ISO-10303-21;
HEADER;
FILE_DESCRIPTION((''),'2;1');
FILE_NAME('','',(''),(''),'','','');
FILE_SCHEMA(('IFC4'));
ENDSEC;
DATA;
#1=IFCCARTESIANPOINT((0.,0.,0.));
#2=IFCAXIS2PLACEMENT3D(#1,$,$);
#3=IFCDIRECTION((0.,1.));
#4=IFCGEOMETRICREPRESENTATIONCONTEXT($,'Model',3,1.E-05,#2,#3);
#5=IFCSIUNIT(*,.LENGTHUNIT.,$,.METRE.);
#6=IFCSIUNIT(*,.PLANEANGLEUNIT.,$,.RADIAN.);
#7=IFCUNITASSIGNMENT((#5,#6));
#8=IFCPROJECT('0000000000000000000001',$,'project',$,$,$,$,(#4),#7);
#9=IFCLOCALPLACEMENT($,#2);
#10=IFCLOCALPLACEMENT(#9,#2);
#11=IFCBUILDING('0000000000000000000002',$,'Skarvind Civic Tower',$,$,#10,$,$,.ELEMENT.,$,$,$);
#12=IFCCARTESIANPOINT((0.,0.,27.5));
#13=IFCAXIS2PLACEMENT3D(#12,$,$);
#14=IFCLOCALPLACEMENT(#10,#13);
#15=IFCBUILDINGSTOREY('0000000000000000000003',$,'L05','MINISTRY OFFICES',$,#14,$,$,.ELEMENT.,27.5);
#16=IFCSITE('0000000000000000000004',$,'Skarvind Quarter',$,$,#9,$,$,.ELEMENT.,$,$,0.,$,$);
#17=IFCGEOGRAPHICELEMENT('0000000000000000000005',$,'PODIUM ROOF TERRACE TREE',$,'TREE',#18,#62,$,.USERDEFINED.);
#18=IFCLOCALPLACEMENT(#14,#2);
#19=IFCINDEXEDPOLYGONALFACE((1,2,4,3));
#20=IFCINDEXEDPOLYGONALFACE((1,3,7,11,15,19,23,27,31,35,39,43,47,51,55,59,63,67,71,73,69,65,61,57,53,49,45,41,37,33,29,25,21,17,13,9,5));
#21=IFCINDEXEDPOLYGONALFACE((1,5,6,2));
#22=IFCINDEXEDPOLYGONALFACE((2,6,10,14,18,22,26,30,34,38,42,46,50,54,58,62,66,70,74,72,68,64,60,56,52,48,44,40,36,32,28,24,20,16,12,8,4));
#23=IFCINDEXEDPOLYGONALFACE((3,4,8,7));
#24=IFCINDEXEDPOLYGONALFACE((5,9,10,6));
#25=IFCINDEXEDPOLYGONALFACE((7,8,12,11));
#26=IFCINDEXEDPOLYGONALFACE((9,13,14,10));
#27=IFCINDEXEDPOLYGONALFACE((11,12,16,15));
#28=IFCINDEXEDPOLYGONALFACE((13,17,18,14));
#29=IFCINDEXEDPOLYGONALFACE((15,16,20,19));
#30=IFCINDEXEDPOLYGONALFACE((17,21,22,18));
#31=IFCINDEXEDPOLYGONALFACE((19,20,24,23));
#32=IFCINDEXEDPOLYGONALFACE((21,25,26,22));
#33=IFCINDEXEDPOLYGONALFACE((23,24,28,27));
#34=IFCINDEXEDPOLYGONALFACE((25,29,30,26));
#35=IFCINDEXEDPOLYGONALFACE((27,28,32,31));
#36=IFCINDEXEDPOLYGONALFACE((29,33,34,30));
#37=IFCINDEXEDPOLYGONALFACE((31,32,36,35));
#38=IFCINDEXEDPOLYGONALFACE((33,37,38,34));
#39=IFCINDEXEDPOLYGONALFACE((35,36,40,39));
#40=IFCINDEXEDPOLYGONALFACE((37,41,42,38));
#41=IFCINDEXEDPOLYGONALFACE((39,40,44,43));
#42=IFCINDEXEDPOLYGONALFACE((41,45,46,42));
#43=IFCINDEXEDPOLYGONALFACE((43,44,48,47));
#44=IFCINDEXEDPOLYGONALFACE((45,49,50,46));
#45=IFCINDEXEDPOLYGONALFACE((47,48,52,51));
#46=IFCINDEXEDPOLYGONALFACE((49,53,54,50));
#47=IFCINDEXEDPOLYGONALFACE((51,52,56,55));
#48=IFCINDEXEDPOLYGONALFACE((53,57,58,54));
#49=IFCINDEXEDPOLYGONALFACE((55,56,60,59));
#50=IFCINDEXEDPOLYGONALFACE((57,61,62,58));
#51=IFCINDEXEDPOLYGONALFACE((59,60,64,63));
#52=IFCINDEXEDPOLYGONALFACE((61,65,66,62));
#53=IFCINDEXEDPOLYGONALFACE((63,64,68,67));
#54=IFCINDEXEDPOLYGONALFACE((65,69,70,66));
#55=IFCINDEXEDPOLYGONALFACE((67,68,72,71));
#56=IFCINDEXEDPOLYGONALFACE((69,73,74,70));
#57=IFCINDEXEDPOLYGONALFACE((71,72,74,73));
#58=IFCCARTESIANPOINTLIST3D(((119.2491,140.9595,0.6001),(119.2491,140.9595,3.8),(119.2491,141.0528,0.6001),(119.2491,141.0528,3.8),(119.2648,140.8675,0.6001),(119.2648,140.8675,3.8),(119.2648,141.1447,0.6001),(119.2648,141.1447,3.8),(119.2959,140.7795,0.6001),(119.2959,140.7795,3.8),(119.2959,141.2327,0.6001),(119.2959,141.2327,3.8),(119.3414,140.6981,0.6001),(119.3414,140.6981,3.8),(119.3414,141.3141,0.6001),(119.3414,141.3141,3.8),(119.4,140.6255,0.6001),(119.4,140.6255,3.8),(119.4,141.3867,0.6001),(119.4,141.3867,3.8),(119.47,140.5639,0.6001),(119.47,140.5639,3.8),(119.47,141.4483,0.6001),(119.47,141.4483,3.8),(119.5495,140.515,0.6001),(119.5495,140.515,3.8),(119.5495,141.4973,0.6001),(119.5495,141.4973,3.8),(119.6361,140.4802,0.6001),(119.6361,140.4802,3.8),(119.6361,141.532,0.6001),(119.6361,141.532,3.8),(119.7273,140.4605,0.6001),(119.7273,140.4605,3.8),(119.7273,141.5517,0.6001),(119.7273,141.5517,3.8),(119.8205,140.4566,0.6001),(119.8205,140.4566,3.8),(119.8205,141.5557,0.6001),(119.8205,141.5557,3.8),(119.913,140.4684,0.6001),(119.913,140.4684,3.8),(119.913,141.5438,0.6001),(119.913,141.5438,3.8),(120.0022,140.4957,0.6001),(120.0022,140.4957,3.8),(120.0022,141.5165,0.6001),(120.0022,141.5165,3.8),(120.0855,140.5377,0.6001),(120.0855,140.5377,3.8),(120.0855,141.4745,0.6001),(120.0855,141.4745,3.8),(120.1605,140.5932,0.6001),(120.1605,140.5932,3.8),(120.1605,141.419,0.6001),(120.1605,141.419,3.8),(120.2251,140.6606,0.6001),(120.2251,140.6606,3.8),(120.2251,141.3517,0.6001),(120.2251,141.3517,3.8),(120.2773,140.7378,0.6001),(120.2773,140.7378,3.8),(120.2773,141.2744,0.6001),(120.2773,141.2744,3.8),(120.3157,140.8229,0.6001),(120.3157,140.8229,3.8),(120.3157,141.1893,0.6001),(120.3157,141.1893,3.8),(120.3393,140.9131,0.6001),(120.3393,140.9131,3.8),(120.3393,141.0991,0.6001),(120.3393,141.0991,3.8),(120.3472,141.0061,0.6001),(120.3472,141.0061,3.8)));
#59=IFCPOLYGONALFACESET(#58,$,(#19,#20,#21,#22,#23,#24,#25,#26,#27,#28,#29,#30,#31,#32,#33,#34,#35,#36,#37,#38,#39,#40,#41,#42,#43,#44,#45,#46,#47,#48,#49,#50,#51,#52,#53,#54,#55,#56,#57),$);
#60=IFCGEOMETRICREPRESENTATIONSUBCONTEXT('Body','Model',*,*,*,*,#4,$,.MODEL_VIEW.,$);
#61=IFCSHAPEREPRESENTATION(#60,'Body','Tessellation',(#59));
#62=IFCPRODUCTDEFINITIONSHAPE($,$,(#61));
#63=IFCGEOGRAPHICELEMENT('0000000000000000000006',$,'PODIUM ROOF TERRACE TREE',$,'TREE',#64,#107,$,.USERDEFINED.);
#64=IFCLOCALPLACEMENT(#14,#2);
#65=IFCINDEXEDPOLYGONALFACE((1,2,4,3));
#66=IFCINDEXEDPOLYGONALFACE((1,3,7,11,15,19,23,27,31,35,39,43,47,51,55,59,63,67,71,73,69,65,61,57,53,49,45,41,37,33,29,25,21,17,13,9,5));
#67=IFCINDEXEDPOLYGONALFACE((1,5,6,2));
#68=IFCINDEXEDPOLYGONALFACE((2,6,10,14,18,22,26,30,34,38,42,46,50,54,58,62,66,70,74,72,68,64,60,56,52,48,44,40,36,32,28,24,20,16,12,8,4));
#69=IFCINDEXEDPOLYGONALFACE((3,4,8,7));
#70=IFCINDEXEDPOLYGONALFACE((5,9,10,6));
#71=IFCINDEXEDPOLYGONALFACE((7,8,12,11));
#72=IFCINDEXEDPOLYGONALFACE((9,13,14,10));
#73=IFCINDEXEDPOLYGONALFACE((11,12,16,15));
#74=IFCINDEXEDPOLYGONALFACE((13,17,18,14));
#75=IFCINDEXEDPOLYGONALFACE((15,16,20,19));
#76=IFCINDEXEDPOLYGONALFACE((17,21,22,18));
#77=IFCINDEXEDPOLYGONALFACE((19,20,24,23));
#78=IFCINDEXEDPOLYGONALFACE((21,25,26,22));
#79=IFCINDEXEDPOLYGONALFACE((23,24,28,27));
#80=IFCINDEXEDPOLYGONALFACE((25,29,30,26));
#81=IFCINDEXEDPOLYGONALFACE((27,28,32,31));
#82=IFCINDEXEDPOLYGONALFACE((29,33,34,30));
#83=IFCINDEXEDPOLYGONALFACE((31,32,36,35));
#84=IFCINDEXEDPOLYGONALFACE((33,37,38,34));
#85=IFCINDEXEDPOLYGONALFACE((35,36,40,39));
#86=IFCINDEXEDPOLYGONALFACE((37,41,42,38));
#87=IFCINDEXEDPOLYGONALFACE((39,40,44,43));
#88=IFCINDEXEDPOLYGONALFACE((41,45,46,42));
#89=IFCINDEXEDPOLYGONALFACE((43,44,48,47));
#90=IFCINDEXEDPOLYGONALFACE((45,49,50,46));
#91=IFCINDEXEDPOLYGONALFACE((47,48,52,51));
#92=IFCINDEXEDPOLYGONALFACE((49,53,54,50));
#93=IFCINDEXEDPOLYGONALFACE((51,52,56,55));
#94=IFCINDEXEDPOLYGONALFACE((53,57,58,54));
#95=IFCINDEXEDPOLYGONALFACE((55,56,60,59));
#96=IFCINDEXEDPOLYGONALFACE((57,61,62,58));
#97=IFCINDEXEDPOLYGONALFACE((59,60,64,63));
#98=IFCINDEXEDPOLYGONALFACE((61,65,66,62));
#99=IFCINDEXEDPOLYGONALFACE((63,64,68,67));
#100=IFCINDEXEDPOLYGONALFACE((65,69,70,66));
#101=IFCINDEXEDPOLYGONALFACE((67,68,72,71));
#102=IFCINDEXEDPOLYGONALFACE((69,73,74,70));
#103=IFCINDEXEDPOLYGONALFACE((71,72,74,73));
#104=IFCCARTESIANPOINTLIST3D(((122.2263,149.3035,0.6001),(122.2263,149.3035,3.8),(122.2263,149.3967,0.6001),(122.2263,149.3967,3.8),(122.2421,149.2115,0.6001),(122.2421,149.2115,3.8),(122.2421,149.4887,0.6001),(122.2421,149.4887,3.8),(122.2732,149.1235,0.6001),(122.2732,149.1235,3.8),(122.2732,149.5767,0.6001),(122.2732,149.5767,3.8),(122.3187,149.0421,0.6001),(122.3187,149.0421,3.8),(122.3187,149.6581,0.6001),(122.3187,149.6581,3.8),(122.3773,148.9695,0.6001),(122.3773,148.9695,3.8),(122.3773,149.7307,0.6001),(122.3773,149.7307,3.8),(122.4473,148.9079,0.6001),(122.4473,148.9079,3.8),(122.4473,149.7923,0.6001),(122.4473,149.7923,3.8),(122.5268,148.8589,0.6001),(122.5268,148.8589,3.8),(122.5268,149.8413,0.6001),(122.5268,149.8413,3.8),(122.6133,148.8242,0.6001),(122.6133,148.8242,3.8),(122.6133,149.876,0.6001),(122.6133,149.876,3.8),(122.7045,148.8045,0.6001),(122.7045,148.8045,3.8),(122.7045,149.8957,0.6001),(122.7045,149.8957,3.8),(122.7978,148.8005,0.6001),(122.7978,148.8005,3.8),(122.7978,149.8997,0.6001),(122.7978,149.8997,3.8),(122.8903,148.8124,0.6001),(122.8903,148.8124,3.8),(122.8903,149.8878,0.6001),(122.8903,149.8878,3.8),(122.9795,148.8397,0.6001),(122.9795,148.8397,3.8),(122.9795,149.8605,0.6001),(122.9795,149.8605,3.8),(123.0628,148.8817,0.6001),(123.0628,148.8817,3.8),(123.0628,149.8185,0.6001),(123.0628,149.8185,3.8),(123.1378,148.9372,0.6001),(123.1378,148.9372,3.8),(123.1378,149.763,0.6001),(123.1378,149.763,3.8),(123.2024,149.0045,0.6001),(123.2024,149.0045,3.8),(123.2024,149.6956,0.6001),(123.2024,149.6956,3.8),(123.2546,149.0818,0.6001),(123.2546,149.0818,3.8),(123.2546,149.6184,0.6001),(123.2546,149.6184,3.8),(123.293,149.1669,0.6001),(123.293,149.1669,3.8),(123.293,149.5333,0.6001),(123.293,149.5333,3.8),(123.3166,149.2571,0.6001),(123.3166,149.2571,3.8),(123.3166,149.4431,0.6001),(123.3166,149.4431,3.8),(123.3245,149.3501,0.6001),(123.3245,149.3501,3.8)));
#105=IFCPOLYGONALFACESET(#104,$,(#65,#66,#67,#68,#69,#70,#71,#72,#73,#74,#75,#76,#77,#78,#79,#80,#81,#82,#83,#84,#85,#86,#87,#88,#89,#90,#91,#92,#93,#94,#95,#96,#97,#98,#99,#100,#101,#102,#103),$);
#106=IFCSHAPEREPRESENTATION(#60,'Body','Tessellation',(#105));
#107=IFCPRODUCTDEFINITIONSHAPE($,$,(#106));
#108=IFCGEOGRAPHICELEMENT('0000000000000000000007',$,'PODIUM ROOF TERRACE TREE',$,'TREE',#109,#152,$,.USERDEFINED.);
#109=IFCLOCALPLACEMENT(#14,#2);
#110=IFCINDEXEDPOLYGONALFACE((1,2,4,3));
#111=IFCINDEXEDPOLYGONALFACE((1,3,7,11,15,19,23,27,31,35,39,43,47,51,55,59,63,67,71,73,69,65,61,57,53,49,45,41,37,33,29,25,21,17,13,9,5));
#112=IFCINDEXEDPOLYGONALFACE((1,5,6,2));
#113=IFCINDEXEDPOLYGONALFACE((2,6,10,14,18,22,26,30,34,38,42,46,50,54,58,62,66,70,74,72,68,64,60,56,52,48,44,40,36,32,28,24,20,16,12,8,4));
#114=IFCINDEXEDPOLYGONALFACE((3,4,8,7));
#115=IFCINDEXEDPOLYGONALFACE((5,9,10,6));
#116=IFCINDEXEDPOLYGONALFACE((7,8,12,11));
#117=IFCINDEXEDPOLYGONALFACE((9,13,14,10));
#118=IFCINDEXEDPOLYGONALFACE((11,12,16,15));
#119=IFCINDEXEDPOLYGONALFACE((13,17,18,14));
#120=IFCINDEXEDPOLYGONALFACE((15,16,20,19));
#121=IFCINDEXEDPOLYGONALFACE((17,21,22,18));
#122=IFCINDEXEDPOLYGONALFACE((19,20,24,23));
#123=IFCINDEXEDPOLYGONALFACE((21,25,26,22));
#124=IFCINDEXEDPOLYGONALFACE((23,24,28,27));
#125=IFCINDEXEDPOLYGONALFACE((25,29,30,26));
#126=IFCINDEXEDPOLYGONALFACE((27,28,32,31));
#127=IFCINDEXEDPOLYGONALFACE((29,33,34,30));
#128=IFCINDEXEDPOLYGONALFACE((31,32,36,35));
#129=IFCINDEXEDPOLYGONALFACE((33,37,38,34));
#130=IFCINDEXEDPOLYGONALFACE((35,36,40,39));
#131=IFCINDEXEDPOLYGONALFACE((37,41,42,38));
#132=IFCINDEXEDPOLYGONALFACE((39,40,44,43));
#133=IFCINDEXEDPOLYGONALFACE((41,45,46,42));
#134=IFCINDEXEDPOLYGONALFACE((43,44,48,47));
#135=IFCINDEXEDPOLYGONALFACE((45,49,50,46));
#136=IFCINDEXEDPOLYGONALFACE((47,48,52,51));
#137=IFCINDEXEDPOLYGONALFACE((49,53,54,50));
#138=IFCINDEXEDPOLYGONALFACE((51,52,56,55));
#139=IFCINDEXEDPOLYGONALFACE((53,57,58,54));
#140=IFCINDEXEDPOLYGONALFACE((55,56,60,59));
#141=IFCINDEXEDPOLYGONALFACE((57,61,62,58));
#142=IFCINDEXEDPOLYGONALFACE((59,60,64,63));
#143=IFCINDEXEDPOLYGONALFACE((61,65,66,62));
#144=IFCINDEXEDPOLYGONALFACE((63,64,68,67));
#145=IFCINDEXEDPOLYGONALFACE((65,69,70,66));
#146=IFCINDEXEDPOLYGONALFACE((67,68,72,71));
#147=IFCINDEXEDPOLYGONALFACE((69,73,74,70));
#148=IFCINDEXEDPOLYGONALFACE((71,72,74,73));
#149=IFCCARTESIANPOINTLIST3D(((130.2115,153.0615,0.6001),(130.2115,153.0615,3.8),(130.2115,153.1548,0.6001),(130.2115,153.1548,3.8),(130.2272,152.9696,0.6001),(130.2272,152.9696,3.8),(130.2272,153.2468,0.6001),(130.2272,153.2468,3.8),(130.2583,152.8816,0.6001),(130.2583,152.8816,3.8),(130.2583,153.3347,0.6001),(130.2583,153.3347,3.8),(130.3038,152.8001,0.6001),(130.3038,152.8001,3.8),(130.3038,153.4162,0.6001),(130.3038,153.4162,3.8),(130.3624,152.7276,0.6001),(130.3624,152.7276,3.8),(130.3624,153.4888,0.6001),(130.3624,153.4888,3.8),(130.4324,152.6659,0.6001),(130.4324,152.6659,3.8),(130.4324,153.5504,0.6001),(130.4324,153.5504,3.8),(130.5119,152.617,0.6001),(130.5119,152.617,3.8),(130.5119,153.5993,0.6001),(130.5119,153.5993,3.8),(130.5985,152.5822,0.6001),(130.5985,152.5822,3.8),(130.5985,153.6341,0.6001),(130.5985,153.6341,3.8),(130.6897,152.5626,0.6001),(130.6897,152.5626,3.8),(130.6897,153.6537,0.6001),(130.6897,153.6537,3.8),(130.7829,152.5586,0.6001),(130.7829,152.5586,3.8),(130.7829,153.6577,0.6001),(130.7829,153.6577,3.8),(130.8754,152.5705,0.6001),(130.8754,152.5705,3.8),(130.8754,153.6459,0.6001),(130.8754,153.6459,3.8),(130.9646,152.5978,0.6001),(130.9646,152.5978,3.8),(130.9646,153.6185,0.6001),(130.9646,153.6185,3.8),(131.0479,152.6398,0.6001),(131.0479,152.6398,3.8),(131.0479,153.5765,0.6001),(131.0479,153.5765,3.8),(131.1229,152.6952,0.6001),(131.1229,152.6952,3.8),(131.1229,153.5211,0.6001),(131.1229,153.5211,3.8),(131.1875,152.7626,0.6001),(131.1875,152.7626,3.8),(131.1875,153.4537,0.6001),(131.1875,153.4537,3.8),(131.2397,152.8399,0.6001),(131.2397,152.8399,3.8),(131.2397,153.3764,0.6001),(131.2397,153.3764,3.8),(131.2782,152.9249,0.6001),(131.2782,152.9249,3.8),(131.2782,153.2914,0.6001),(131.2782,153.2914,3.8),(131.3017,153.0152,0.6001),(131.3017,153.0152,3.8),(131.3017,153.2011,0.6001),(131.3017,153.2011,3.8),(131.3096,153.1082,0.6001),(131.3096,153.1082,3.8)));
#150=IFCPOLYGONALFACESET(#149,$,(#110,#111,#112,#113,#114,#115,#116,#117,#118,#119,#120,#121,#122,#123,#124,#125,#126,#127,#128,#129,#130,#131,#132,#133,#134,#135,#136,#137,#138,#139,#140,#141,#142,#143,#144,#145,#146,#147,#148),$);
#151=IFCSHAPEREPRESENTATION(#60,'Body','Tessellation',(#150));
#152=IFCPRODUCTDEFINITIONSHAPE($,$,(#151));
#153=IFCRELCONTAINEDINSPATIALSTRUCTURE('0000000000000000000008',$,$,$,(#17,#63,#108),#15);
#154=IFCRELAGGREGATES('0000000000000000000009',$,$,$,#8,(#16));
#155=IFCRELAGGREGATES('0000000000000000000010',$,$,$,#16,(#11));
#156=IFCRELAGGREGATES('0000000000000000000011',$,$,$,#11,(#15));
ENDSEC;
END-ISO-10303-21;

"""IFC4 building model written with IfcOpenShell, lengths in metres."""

from ifc_helpers import new_model, si_unit, direction, frame, origin, origin_2d, place, context, subcontext, project, spatial, circle, extrude, element, save


model = new_model("IFC4")

# Units and contexts
model_context = context("Model", 3, precision=1e-05, world=origin(), true_north=direction((0.0, 1.0)))
body_context = subcontext(model_context, "Body", "Model", "MODEL_VIEW")
ifc_project = project(units=[si_unit("LENGTHUNIT", "METRE"), si_unit("PLANEANGLEUNIT", "RADIAN")], contexts=[model_context])

# Site, building, storey
site_placement = place(None, origin())
site = spatial("IfcSite", under=ifc_project, at=site_placement, Name="Skarvind Quarter", CompositionType="ELEMENT", RefElevation=0.0)
building_placement = place(site_placement, origin())
building = spatial("IfcBuilding", under=site, at=building_placement, Name="Skarvind Civic Tower", CompositionType="ELEMENT")
storey_placement = place(building_placement, frame((0.0, 0.0, 27.5)))
storey = spatial("IfcBuildingStorey", under=building, at=storey_placement, Name="L05", Description="MINISTRY OFFICES", CompositionType="ELEMENT", Elevation=27.5)

# Geographic elements
for number, where, z_axis, x_axis, name in (
    (1, (119.7971, 141.0061, 0.6001), (0.0, 0.0, 1.0), (1.0, 0.0, 0.0), "PODIUM ROOF TERRACE TREE"),
    (2, (122.7744, 149.3501, 0.6001), (0.0, 0.0, 1.0), (1.0, 0.0, 0.0), "PODIUM ROOF TERRACE TREE"),
    (3, (130.7595, 153.1082, 0.6001), (0.0, 0.0, 1.0), (1.0, 0.0, 0.0), "PODIUM ROOF TERRACE TREE"),
):
    element("IfcGeographicElement", number, at=place(storey_placement, frame(where, z_axis=z_axis, x_axis=x_axis)), inside=storey, Name=name, ObjectType="TREE", PredefinedType="USERDEFINED", context=body_context, shape_type="SweptSolid", body=[
        extrude(circle(Radius=0.55, at=origin_2d()), origin(), (0.0, 0.0, 1.0), 3.2),
    ])

save(model, "model.ifc")
